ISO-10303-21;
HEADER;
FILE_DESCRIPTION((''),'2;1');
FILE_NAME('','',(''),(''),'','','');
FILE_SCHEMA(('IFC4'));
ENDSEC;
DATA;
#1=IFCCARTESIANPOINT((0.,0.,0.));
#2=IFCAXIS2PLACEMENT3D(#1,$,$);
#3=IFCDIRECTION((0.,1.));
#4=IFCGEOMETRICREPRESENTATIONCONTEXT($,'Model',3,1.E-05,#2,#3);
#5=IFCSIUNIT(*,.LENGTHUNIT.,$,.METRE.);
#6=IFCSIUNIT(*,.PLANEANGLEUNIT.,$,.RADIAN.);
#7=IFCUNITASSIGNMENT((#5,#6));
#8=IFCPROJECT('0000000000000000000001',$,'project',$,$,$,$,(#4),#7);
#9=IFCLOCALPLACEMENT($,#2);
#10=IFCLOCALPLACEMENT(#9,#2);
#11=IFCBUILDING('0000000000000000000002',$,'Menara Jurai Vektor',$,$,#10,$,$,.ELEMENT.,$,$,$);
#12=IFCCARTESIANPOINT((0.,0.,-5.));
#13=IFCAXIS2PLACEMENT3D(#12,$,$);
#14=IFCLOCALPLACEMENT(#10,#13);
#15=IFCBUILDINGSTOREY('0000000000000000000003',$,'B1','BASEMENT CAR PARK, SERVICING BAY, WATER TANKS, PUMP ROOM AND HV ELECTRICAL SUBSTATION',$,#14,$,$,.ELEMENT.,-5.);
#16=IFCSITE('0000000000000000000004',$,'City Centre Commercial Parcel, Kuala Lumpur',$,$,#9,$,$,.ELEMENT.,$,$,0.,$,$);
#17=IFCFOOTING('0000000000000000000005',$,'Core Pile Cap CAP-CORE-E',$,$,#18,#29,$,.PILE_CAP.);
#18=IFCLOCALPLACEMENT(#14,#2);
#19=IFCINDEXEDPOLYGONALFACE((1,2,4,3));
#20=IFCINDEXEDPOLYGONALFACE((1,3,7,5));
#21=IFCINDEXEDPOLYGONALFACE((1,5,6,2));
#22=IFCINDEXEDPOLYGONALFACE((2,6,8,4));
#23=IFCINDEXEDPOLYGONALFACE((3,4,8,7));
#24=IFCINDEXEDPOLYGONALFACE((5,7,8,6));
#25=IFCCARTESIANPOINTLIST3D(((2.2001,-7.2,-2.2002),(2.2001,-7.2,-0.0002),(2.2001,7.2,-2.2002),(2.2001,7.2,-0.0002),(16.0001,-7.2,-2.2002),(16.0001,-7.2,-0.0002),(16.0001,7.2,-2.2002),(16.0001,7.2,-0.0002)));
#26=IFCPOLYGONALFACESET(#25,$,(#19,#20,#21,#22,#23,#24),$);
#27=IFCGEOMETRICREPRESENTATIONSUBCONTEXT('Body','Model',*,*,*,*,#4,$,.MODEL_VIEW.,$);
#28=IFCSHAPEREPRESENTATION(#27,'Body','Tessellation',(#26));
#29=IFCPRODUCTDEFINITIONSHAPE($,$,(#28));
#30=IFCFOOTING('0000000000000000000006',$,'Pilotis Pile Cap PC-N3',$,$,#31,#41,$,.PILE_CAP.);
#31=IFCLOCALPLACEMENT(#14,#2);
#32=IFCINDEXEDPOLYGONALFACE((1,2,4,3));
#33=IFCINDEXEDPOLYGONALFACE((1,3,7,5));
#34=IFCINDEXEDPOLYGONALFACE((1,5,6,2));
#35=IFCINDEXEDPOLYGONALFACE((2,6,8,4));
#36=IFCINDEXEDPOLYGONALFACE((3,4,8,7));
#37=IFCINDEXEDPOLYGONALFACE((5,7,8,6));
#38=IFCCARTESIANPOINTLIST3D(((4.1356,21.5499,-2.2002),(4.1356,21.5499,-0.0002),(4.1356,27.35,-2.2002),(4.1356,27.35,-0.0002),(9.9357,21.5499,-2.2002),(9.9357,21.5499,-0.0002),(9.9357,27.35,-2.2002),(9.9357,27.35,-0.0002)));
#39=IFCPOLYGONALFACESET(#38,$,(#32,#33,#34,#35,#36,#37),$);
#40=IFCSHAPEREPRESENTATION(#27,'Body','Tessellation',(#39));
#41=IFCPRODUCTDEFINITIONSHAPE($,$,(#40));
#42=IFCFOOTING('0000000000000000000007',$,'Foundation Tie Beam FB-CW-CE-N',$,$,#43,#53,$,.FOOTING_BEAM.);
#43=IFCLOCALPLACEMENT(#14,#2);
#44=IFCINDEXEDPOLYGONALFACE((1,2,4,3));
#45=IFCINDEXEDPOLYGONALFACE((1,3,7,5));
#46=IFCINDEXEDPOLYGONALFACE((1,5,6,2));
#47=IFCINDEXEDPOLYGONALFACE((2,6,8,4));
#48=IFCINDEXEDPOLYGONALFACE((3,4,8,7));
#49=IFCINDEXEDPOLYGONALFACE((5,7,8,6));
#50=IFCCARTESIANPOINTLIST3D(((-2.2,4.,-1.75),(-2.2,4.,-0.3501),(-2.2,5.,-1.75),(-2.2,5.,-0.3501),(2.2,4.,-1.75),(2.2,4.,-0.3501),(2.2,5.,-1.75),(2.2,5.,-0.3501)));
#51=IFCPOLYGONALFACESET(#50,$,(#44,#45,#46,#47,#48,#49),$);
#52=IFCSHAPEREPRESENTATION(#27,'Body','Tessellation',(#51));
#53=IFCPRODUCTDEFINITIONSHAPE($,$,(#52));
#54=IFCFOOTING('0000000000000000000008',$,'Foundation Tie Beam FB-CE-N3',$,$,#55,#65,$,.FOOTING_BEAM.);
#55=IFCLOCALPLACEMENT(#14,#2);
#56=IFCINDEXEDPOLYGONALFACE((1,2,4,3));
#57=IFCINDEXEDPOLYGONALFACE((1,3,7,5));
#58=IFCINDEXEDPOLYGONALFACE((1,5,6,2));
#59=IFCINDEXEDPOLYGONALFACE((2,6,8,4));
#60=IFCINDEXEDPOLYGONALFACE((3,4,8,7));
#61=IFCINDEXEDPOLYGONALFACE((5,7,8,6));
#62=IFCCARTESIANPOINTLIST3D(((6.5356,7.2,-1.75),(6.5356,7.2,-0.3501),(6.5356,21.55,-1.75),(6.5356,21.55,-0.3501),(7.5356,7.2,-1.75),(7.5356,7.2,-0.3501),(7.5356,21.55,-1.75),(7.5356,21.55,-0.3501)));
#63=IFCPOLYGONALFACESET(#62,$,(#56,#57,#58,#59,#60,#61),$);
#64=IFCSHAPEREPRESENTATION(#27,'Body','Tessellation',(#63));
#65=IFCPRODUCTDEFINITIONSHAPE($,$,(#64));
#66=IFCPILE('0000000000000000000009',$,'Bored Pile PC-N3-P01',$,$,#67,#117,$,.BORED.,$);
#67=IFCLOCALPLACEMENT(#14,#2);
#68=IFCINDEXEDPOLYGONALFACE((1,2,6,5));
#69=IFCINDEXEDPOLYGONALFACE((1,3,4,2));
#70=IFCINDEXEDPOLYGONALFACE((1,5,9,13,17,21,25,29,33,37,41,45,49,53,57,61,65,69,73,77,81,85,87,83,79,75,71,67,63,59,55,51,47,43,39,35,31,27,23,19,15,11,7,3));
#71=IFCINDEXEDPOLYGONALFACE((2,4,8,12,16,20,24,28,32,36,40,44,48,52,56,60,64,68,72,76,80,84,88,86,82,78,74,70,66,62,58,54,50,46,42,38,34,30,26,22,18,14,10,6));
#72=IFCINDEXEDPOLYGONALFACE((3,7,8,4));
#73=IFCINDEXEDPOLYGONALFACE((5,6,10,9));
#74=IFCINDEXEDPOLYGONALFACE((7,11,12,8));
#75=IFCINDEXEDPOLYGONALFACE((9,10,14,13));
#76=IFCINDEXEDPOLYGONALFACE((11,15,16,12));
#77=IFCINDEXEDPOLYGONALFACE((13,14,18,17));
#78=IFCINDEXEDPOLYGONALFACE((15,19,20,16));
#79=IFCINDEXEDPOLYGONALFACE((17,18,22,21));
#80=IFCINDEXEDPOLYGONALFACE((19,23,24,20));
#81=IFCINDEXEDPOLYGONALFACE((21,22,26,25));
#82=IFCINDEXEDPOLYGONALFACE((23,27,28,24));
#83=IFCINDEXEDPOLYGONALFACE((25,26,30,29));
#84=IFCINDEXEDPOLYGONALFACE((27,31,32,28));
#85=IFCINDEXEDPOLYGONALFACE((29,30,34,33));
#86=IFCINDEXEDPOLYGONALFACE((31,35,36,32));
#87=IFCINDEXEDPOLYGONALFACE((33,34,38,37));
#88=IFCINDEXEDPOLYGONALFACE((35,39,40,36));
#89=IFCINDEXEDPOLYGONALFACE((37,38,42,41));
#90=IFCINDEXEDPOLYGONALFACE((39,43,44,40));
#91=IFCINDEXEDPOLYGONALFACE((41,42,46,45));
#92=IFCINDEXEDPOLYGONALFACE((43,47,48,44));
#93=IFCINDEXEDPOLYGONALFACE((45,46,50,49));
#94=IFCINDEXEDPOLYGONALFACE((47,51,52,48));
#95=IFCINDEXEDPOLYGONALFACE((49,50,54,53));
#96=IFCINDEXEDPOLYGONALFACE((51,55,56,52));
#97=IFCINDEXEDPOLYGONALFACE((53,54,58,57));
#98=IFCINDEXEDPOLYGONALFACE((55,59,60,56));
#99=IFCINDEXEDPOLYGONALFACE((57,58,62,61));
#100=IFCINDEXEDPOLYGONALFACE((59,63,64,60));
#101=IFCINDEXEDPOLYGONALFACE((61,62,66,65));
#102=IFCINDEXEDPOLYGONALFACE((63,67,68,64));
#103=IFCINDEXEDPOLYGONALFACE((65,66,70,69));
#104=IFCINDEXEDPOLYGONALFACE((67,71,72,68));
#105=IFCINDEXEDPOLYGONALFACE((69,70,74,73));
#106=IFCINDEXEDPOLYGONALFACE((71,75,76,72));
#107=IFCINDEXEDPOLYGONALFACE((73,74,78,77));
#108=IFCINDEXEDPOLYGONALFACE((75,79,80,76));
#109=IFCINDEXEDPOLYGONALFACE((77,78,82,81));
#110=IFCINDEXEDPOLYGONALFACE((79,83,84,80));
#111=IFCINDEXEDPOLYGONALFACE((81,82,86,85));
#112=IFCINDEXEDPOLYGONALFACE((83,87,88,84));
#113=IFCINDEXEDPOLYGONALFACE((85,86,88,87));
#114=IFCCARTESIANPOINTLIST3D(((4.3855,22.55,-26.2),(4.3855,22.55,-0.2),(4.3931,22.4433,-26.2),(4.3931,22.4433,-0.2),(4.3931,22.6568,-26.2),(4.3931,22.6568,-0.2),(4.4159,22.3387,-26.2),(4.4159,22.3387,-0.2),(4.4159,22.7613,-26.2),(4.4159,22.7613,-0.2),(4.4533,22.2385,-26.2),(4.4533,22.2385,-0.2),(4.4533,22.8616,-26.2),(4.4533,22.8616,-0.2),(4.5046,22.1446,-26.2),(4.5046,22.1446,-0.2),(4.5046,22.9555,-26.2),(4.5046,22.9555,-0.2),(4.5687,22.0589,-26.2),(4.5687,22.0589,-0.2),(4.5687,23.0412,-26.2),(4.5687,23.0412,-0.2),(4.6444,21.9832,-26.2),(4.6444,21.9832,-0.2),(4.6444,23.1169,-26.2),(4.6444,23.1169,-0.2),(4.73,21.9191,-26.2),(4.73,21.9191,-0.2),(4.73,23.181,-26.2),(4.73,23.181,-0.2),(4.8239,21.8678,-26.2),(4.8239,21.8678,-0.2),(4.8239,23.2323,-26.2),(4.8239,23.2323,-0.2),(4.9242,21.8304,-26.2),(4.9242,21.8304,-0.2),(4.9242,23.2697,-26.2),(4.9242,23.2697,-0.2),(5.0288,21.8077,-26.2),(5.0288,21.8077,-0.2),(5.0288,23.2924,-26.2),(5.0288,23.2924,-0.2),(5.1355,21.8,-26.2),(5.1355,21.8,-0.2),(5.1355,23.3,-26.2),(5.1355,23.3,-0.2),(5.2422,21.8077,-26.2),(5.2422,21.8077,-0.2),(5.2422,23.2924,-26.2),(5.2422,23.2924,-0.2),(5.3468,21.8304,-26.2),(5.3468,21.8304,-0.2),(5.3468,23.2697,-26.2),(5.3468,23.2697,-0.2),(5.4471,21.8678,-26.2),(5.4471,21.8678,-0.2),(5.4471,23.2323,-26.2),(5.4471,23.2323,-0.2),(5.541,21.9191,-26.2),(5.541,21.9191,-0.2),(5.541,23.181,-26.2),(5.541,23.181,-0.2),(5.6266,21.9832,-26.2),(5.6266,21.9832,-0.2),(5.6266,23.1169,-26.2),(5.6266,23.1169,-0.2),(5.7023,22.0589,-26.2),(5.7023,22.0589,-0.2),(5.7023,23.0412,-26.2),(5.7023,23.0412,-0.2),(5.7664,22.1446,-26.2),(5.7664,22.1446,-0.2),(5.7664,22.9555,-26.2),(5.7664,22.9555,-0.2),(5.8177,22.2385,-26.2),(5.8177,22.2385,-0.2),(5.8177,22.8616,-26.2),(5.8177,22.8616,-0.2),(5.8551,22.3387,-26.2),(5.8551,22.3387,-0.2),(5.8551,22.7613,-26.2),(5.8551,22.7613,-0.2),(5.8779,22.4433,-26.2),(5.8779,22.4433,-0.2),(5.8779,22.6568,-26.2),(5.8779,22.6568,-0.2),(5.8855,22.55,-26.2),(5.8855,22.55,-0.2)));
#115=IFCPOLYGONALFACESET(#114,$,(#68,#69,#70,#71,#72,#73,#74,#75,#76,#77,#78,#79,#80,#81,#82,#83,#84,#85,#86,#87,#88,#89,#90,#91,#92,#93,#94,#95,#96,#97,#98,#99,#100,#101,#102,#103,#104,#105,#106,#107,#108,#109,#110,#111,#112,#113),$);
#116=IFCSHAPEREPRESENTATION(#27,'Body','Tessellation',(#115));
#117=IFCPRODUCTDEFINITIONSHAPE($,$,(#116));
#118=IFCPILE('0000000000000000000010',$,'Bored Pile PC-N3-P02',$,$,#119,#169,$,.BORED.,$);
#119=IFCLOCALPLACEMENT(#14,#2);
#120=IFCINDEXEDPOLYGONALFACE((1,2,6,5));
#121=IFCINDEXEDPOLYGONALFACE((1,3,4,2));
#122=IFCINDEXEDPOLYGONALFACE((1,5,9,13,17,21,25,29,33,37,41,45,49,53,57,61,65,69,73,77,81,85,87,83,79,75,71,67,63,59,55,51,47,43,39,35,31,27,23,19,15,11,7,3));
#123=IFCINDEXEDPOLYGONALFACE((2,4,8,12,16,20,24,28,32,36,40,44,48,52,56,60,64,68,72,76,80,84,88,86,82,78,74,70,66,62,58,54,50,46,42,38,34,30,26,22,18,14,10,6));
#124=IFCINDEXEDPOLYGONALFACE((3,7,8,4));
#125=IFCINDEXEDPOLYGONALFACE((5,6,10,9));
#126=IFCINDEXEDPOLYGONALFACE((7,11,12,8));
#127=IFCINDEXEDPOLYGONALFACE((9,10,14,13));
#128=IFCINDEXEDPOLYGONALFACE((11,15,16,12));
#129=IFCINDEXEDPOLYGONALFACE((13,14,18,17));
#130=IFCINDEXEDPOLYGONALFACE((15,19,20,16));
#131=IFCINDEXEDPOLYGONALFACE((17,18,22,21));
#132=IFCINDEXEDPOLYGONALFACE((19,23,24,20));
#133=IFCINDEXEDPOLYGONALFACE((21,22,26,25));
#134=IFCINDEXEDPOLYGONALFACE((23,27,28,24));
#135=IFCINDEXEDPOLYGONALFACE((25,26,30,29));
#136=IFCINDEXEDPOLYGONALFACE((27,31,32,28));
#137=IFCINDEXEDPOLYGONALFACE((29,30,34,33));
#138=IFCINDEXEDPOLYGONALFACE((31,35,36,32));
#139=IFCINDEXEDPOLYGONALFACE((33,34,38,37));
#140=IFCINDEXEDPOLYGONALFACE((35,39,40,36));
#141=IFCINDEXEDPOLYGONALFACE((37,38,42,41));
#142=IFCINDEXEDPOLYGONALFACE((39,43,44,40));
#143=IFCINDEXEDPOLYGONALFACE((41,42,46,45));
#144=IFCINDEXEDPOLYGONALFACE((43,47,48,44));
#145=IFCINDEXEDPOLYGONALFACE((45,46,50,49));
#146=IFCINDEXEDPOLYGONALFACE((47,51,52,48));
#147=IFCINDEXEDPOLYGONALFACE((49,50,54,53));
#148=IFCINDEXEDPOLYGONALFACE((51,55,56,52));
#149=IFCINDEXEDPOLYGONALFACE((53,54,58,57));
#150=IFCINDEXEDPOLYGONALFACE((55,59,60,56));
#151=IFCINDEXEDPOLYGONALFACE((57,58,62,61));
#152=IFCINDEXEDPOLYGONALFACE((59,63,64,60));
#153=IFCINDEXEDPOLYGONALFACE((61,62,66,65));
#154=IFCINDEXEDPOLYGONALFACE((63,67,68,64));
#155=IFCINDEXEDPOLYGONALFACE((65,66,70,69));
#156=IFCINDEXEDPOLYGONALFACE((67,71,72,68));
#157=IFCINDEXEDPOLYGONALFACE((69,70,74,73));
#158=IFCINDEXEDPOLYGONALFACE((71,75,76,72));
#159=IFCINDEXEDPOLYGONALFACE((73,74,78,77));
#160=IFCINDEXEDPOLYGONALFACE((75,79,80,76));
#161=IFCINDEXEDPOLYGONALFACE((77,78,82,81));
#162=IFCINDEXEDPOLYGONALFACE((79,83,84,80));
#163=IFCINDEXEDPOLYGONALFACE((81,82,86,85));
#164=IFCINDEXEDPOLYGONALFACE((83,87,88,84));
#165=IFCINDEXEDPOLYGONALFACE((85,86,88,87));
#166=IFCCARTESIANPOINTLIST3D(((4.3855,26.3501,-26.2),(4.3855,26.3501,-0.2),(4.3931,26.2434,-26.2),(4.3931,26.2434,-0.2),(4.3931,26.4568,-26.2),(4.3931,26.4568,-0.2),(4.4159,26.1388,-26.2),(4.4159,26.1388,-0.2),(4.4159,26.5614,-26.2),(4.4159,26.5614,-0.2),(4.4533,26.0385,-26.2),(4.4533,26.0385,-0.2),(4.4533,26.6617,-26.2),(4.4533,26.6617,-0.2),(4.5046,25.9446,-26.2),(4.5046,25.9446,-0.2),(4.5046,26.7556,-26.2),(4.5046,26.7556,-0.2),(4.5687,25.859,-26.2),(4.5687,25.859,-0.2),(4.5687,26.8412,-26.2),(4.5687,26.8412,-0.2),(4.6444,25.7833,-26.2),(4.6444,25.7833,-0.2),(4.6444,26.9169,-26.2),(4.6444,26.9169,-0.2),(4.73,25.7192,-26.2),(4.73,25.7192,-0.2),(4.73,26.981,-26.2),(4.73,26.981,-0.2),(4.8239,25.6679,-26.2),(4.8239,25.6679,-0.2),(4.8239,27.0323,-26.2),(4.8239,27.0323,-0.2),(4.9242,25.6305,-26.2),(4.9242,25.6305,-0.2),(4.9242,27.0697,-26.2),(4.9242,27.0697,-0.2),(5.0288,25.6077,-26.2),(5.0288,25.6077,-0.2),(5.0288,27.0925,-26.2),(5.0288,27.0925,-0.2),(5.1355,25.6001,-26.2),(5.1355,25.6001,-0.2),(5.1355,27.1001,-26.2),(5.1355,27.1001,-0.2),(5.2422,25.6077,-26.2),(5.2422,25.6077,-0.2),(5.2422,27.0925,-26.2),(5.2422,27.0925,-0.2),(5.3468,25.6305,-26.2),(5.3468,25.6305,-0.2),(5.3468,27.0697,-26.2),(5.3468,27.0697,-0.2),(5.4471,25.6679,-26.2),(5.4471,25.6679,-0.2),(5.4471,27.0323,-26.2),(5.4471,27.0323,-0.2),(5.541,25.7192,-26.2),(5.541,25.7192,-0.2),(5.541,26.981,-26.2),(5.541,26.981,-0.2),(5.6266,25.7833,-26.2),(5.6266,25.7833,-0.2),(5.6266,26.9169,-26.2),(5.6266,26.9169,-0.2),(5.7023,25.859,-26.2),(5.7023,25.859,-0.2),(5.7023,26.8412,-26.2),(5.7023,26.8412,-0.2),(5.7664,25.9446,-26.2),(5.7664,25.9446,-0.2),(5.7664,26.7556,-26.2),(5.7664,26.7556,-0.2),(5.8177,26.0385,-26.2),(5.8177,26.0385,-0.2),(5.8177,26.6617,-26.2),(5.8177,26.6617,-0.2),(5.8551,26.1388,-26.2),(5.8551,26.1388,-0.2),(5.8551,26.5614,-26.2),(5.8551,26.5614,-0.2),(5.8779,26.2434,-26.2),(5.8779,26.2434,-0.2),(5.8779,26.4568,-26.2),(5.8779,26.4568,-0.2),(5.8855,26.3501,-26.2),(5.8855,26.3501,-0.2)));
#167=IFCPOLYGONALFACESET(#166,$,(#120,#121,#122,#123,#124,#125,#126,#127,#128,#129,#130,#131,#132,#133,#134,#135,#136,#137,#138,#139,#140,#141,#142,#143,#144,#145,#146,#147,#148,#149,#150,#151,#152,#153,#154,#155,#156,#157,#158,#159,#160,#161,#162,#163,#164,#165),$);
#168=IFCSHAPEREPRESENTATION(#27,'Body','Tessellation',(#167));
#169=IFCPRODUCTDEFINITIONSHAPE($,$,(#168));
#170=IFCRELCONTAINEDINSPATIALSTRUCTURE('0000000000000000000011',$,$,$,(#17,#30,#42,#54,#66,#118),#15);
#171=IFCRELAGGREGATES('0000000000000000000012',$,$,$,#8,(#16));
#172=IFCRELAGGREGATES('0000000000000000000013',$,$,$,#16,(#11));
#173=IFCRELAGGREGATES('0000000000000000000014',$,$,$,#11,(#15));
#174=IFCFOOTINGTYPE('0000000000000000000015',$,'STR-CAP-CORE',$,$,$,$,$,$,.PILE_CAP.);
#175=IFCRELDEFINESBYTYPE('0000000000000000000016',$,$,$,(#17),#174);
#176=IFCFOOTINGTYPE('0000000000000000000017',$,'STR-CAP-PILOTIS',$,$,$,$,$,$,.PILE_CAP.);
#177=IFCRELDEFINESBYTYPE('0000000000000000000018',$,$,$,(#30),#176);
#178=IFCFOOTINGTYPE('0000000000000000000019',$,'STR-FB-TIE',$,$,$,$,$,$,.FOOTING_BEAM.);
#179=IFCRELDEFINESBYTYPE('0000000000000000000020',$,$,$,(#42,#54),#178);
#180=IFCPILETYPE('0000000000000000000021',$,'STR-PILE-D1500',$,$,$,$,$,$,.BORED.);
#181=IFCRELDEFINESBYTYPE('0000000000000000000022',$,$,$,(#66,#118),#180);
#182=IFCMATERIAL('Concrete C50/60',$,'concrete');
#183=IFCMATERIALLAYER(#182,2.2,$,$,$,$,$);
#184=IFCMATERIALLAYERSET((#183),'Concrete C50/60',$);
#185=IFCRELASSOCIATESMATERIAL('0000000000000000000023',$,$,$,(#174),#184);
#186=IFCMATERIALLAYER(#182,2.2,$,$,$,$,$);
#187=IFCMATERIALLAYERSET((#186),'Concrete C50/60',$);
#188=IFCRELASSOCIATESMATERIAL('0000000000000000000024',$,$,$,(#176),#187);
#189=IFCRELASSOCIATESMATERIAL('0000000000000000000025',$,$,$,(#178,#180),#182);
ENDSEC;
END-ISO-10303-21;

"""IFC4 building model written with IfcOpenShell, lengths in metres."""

from ifc_helpers import new_model, si_unit, direction, frame, origin, origin_2d, place, context, subcontext, project, spatial, rectangle, circle, extrude, material, layer, layer_set, material_profile, profile_set, type_object, element, save


model = new_model("IFC4")

# Units and contexts
model_context = context("Model", 3, precision=1e-05, world=origin(), true_north=direction((0.0, 1.0)))
body_context = subcontext(model_context, "Body", "Model", "MODEL_VIEW")
ifc_project = project(units=[si_unit("LENGTHUNIT", "METRE"), si_unit("PLANEANGLEUNIT", "RADIAN")], contexts=[model_context])

# Site, building, storey
site_placement = place(None, origin())
site = spatial("IfcSite", under=ifc_project, at=site_placement, Name="City Centre Commercial Parcel, Kuala Lumpur", CompositionType="ELEMENT", RefElevation=0.0)
building_placement = place(site_placement, origin())
building = spatial("IfcBuilding", under=site, at=building_placement, Name="Menara Jurai Vektor", CompositionType="ELEMENT")
storey_placement = place(building_placement, frame((0.0, 0.0, -5.0)))
storey = spatial("IfcBuildingStorey", under=building, at=storey_placement, Name="B1", Description="BASEMENT CAR PARK, SERVICING BAY, WATER TANKS, PUMP ROOM AND HV ELECTRICAL SUBSTATION", CompositionType="ELEMENT", Elevation=-5.0)

# Footings
ifc_material_1 = material(Name="Concrete C50/60", Category="concrete")
ifc_layer_1 = layer(ifc_material_1, 2.2)
ifc_layer_set_1 = layer_set([ifc_layer_1], Name="Concrete C50/60")
footing_type_1 = type_object("IfcFootingType", Name="STR-CAP-CORE", PredefinedType="PILE_CAP", material=ifc_layer_set_1)
footing_1_placement = place(storey_placement, frame((9.1001, 0.0, -2.2002), z_axis=(0.0, 0.0, 1.0), x_axis=(1.0, 0.0, 0.0)))
element("IfcFooting", 1, at=footing_1_placement, inside=storey, type_object=footing_type_1, Name="Core Pile Cap CAP-CORE-E", PredefinedType="PILE_CAP", context=body_context, shape_type="SweptSolid", body=[
    extrude(rectangle(XDim=13.8, YDim=14.3999, at=origin_2d()), origin(), (0.0, 0.0, 1.0), 2.2),
])
ifc_layer_2 = layer(ifc_material_1, 2.2)
ifc_layer_set_2 = layer_set([ifc_layer_2], Name="Concrete C50/60")
footing_type_2 = type_object("IfcFootingType", Name="STR-CAP-PILOTIS", PredefinedType="PILE_CAP", material=ifc_layer_set_2)
footing_2_placement = place(storey_placement, frame((7.0356, 24.45, -2.2002), z_axis=(0.0, 0.0, 1.0), x_axis=(1.0, 0.0, 0.0)))
element("IfcFooting", 2, at=footing_2_placement, inside=storey, type_object=footing_type_2, Name="Pilotis Pile Cap PC-N3", PredefinedType="PILE_CAP", context=body_context, shape_type="SweptSolid", body=[
    extrude(rectangle(XDim=5.8, YDim=5.8, at=origin_2d()), origin(), (0.0, 0.0, 1.0), 2.2),
])
ifc_material_profile_1 = material_profile(ifc_material_1, rectangle(XDim=1.0, YDim=1.3999, at=origin_2d()), Name="RC 1000x1400")
ifc_profile_set_1 = profile_set([ifc_material_profile_1], Name="Concrete C50/60")
footing_type_3 = type_object("IfcFootingType", Name="STR-FB-TIE", PredefinedType="FOOTING_BEAM", material=ifc_profile_set_1)
footing_3_placement = place(storey_placement, frame((-2.2, 4.5, -1.05), z_axis=(1.0, 0.0, 0.0), x_axis=(0.0, 1.0, 0.0)))
element("IfcFooting", 3, at=footing_3_placement, inside=storey, type_object=footing_type_3, Name="Foundation Tie Beam FB-CW-CE-N", PredefinedType="FOOTING_BEAM", context=body_context, shape_type="SweptSolid", body=[
    extrude(rectangle(XDim=1.0, YDim=1.3999, at=origin_2d()), origin(), (0.0, 0.0, 1.0), 4.3999),
])
footing_4_placement = place(storey_placement, frame((7.0356, 7.2, -1.05), z_axis=(0.0, 1.0, 0.0), x_axis=(-1.0, 0.0, 0.0)))
element("IfcFooting", 4, at=footing_4_placement, inside=storey, type_object=footing_type_3, Name="Foundation Tie Beam FB-CE-N3", PredefinedType="FOOTING_BEAM", context=body_context, shape_type="SweptSolid", body=[
    extrude(rectangle(XDim=1.0, YDim=1.3999, at=origin_2d()), origin(), (0.0, 0.0, 1.0), 14.3501),
])

# Piles
ifc_material_profile_2 = material_profile(ifc_material_1, circle(Radius=0.75, at=origin_2d()), Name="PILE D1500")
ifc_profile_set_2 = profile_set([ifc_material_profile_2], Name="Concrete C50/60")
pile_type_1 = type_object("IfcPileType", Name="STR-PILE-D1500", PredefinedType="BORED", material=ifc_profile_set_2)
for number, where, z_axis, x_axis, name in (
    (5, (5.1355, 22.55, -0.2), (0.0, 0.0, -1.0), (1.0, 0.0, 0.0), "Bored Pile PC-N3-P01"),
    (6, (5.1355, 26.3501, -0.2), (0.0, 0.0, -1.0), (1.0, 0.0, 0.0), "Bored Pile PC-N3-P02"),
):
    element("IfcPile", number, at=place(storey_placement, frame(where, z_axis=z_axis, x_axis=x_axis)), inside=storey, type_object=pile_type_1, Name=name, PredefinedType="BORED", context=body_context, shape_type="SweptSolid", body=[
        extrude(circle(Radius=0.75, at=origin_2d()), origin(), (0.0, 0.0, 1.0), 26.0),
    ])

save(model, "model.ifc")
